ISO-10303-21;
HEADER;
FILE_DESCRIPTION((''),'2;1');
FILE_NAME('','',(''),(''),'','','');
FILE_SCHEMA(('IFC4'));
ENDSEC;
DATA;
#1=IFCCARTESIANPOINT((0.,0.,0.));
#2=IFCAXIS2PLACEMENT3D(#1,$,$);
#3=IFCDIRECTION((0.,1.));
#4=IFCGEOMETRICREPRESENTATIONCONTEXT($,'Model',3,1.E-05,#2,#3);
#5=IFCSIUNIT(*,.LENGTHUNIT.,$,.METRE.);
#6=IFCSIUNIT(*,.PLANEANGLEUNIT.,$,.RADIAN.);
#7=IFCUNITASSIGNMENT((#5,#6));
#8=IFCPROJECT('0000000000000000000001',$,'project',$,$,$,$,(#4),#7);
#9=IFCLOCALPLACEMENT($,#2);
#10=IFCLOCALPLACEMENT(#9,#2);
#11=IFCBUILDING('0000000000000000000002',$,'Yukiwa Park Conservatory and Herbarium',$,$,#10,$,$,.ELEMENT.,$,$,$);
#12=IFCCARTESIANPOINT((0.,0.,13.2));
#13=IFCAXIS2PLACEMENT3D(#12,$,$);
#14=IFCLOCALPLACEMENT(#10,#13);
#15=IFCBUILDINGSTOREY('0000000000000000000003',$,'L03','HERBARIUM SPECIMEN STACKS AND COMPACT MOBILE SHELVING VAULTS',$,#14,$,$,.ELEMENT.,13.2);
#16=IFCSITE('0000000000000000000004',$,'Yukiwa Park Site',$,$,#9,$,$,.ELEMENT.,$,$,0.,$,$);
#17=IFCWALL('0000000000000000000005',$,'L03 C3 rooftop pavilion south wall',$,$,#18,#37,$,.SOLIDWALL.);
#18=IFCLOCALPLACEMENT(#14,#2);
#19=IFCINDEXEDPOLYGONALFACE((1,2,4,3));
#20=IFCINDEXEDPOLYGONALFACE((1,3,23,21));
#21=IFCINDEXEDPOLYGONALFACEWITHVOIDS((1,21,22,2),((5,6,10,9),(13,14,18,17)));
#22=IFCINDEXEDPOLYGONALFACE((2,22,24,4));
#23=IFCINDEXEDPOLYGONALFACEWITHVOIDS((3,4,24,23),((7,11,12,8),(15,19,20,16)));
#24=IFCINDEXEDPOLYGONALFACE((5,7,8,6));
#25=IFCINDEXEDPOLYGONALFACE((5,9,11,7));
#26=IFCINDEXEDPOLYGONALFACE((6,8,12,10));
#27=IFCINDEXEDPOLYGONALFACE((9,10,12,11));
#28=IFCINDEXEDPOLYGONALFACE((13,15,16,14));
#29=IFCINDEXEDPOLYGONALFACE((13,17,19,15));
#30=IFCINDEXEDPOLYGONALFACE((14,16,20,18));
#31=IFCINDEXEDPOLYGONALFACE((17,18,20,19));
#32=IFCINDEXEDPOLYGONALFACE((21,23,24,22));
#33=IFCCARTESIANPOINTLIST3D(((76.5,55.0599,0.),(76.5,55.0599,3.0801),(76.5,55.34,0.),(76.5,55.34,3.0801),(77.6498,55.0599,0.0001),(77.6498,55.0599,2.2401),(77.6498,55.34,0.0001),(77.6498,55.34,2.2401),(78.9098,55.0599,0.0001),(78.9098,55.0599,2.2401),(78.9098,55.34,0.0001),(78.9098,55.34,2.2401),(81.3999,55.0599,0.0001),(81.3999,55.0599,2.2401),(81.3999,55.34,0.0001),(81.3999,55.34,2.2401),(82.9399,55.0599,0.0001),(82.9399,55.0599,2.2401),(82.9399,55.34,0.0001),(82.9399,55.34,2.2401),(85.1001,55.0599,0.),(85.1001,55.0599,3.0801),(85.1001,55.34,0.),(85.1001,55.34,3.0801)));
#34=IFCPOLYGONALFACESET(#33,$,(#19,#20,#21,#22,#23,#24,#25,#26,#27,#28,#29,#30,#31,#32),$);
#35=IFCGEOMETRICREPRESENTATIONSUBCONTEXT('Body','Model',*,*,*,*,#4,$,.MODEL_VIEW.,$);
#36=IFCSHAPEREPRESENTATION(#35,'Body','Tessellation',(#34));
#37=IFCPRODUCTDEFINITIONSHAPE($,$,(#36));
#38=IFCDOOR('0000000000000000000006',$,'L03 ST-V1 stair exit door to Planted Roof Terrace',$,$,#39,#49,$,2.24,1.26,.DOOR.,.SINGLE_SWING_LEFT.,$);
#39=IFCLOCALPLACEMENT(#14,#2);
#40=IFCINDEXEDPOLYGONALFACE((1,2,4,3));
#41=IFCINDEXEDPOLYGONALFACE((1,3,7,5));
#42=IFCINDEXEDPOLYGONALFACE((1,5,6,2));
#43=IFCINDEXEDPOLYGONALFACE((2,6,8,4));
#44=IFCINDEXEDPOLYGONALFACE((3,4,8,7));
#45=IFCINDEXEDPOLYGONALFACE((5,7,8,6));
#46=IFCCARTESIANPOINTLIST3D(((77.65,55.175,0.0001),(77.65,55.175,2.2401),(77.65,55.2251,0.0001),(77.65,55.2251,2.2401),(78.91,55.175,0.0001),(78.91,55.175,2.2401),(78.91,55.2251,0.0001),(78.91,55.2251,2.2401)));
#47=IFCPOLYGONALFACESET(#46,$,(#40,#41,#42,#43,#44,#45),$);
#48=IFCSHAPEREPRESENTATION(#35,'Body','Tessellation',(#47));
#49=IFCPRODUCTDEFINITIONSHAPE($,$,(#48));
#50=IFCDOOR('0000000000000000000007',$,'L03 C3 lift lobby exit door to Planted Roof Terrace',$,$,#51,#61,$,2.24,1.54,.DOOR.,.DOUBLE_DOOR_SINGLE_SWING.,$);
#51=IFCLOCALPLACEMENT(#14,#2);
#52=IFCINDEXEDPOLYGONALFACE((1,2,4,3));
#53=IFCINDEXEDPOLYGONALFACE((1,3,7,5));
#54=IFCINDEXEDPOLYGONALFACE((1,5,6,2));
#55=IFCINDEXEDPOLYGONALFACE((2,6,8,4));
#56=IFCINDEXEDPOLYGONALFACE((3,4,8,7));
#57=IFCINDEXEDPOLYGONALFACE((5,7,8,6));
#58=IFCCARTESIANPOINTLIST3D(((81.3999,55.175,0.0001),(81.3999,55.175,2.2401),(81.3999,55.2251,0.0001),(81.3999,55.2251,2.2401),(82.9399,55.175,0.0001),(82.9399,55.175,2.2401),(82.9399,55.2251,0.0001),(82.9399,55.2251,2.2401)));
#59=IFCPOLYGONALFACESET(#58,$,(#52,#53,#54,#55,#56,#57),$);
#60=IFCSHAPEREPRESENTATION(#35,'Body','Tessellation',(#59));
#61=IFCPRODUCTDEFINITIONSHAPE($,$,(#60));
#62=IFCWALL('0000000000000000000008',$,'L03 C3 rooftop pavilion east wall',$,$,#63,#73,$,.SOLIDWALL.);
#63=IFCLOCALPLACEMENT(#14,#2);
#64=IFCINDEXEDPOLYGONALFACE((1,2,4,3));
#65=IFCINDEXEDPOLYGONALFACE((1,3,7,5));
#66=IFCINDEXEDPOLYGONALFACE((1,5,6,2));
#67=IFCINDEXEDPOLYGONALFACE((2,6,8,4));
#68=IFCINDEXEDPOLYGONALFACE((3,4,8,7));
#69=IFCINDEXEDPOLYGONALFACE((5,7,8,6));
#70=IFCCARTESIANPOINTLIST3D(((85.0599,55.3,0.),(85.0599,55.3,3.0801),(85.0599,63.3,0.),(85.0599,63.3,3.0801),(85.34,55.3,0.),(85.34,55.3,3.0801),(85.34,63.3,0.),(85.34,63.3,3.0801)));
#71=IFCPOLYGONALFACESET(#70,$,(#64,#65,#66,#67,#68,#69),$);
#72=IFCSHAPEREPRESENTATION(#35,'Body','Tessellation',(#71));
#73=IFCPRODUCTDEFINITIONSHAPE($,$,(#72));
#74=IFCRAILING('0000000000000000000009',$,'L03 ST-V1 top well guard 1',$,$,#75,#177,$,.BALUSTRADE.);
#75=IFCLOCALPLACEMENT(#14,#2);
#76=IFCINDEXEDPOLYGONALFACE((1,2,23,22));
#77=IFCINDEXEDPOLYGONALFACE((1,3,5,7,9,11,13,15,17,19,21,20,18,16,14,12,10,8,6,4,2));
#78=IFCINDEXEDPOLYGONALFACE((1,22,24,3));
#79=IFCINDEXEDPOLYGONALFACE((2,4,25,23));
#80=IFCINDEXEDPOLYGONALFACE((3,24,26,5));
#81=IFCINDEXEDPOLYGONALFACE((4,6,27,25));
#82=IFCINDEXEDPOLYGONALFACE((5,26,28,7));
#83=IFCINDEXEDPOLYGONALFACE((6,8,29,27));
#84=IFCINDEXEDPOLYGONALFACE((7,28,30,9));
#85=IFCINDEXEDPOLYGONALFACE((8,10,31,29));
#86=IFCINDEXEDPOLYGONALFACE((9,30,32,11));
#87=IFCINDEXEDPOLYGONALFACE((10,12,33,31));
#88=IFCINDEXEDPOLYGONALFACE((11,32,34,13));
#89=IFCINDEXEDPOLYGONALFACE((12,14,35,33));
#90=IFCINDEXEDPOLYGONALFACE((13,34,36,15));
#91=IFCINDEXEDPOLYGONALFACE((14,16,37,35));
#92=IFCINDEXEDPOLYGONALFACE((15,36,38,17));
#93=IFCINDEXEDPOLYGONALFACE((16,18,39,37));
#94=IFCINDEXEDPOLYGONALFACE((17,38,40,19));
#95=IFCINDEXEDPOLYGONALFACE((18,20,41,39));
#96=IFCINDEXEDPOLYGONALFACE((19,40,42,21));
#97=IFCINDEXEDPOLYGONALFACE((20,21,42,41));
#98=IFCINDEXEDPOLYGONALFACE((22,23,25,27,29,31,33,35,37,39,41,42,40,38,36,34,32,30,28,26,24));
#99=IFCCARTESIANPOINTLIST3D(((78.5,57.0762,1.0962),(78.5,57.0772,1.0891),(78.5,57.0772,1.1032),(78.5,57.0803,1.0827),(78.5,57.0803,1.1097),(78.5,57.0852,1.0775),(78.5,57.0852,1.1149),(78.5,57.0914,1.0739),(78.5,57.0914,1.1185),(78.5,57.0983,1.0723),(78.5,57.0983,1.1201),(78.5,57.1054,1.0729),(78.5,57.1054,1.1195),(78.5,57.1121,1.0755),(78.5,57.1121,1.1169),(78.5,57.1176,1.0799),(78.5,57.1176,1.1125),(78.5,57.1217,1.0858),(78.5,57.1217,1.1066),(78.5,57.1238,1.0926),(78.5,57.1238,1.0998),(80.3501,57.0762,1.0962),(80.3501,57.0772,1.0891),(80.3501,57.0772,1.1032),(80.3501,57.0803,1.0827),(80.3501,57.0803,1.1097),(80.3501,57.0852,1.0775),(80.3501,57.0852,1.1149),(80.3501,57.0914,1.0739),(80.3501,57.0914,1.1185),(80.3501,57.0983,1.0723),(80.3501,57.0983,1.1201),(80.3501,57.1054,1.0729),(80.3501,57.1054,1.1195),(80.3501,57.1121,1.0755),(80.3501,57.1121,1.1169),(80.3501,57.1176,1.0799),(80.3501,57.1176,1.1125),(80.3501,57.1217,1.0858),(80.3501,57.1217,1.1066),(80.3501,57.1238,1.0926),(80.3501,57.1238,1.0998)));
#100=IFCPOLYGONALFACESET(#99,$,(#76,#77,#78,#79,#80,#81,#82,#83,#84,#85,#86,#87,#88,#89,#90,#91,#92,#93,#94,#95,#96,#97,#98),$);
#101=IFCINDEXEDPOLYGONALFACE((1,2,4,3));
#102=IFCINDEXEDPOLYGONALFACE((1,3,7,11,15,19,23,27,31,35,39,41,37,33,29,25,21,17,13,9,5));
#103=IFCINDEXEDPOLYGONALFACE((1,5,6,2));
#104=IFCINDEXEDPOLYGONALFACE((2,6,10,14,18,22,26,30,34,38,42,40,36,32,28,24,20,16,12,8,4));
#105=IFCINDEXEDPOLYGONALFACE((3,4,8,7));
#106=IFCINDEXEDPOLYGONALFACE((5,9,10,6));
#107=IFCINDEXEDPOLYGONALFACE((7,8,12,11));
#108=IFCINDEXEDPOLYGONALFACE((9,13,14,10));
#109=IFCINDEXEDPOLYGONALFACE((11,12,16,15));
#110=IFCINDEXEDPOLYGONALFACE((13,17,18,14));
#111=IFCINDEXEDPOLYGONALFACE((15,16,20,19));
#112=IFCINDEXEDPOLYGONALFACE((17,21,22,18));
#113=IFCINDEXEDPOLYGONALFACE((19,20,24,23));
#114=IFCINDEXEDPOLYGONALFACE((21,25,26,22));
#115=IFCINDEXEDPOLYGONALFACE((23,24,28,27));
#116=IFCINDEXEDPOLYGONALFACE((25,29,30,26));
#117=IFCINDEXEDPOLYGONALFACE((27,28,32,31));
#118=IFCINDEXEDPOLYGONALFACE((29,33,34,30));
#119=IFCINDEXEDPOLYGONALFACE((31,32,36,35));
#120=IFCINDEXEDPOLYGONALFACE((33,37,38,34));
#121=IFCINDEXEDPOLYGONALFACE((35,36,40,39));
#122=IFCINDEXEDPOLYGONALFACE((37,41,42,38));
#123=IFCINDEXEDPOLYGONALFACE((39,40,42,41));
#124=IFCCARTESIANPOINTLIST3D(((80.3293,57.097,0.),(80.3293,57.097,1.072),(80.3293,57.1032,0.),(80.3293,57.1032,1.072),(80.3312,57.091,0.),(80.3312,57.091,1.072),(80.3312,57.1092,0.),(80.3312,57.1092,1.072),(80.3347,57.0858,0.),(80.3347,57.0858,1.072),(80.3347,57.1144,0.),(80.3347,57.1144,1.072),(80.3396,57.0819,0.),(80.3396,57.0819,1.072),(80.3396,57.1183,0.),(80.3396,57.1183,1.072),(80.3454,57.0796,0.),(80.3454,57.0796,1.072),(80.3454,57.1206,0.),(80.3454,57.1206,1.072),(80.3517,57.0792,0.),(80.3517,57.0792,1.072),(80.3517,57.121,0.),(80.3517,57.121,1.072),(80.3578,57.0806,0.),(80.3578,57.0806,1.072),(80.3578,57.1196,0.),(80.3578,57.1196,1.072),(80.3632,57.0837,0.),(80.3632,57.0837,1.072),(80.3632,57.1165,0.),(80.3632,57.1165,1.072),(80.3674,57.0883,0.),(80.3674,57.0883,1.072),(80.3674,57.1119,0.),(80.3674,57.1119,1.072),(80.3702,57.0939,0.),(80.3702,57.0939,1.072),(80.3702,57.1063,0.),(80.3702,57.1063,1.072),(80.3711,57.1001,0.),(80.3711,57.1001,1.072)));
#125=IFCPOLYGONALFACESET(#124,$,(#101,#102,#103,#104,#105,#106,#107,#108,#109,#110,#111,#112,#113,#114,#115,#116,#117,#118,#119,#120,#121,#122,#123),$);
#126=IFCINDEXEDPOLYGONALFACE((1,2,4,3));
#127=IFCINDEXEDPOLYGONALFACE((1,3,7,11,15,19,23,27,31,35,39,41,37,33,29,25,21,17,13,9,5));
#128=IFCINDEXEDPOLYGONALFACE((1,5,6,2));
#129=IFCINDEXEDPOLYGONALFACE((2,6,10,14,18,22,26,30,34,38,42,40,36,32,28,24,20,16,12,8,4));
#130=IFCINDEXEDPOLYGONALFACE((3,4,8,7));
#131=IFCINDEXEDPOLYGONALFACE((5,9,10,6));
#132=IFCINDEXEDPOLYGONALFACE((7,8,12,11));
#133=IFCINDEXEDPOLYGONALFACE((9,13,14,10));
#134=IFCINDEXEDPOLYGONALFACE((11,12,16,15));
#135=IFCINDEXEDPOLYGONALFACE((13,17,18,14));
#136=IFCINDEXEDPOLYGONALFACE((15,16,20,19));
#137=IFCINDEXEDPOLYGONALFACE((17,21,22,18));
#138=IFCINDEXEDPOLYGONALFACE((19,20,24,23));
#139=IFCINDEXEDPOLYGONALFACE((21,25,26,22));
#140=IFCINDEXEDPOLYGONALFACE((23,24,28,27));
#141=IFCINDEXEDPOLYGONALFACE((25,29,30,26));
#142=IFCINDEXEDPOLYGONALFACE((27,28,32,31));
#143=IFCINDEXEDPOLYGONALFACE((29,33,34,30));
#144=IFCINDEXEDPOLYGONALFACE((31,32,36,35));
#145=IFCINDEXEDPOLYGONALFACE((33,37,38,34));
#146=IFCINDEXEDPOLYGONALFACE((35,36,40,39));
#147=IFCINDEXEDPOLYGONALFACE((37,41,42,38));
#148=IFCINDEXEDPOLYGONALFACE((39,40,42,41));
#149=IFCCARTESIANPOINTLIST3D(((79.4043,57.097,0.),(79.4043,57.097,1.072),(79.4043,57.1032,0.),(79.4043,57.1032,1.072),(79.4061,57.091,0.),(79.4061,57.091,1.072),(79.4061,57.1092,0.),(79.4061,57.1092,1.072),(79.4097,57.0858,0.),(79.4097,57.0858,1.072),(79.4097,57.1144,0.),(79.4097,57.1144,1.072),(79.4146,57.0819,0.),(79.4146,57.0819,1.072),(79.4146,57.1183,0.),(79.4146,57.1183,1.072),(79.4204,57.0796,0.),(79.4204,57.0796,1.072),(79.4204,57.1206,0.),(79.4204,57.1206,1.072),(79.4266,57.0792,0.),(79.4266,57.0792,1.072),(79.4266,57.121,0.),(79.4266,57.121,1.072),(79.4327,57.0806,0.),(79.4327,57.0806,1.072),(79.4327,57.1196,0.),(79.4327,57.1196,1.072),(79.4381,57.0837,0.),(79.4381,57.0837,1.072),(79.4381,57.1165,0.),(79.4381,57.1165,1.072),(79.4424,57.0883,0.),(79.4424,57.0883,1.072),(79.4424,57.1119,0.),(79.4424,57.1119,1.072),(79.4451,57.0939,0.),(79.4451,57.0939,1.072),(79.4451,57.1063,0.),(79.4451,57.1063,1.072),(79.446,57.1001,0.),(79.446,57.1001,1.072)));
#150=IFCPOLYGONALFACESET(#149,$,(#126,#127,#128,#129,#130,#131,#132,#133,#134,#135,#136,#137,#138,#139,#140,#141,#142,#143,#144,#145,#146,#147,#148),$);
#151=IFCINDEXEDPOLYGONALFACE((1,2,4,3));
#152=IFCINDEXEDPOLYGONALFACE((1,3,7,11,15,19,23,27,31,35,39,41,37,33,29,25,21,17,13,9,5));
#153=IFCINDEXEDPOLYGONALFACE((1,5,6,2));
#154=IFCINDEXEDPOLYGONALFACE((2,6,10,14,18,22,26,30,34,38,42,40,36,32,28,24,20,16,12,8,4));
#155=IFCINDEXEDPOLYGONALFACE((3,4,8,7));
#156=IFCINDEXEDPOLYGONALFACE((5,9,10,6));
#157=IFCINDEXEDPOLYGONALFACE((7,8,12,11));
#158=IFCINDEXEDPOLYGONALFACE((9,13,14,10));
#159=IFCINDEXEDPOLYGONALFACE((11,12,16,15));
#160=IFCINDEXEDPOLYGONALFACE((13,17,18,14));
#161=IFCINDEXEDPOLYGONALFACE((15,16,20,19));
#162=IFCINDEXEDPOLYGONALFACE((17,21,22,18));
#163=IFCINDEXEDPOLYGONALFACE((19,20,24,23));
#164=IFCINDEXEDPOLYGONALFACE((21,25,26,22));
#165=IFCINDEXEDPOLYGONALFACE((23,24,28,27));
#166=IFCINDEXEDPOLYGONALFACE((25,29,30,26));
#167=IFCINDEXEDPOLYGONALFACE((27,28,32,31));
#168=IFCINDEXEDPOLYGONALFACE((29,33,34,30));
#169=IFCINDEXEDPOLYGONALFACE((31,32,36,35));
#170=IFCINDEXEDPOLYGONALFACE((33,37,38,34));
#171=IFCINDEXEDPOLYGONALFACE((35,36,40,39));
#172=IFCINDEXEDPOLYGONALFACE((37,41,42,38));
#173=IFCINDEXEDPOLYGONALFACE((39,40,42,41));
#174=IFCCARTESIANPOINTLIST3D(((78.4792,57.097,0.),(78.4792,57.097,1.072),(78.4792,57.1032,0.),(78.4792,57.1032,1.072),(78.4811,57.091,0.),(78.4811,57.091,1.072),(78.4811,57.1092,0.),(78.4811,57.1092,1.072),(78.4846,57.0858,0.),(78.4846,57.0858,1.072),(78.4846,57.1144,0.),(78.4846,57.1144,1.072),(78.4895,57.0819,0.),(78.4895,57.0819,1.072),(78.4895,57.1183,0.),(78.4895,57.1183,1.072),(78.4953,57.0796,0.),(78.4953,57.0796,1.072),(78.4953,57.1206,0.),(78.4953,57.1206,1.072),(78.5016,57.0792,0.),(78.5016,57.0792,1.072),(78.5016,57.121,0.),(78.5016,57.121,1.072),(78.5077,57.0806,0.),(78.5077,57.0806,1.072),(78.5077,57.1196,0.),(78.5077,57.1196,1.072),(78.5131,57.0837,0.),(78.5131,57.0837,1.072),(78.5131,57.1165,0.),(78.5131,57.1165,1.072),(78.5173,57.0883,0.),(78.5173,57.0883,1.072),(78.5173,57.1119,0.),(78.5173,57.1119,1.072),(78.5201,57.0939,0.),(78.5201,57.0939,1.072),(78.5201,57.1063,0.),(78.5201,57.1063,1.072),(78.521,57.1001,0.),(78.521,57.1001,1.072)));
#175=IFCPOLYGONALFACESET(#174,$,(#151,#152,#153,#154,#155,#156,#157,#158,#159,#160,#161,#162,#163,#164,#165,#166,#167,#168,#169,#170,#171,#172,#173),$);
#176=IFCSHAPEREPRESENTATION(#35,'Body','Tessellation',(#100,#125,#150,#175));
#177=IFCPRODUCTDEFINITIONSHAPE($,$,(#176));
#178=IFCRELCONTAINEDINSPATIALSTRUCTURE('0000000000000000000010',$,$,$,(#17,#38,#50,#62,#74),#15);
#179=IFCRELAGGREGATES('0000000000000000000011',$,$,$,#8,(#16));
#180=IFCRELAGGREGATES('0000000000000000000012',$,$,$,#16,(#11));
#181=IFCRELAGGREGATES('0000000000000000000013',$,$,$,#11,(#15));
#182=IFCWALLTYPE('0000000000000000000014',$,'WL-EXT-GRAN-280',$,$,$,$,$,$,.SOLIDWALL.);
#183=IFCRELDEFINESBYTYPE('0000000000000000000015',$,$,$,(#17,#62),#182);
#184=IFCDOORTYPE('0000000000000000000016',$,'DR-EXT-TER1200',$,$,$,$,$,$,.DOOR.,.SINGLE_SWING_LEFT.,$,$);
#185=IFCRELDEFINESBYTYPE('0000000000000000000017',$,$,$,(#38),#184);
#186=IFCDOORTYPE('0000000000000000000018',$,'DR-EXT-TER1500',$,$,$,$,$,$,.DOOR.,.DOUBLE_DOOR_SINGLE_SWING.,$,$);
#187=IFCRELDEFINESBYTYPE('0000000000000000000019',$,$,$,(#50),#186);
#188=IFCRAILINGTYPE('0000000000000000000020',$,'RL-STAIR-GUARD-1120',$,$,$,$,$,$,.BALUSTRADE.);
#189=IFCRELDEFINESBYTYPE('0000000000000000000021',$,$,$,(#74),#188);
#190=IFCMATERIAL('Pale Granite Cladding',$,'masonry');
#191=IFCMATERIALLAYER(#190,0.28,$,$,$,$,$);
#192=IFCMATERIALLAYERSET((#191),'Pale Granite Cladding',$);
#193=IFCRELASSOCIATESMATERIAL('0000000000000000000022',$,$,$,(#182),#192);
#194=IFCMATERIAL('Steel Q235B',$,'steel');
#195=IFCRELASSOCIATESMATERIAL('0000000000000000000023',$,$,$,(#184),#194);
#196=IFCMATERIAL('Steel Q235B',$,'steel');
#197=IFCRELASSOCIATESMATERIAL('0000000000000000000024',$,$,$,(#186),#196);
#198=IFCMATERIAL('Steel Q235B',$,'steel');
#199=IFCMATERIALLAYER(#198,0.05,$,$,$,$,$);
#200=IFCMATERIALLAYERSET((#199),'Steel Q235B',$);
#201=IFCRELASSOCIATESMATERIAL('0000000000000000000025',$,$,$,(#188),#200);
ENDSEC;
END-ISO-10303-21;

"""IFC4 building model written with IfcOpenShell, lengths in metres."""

from ifc_helpers import new_model, si_unit, direction, frame, frame_2d, origin, origin_2d, place, context, subcontext, project, spatial, rectangle, circle, extrude, material, layer, layer_set, type_object, element, fill, save


model = new_model("IFC4")

# Units and contexts
model_context = context("Model", 3, precision=1e-05, world=origin(), true_north=direction((0.0, 1.0)))
body_context = subcontext(model_context, "Body", "Model", "MODEL_VIEW")
ifc_project = project(units=[si_unit("LENGTHUNIT", "METRE"), si_unit("PLANEANGLEUNIT", "RADIAN")], contexts=[model_context])

# Site, building, storey
site_placement = place(None, origin())
site = spatial("IfcSite", under=ifc_project, at=site_placement, Name="Yukiwa Park Site", CompositionType="ELEMENT", RefElevation=0.0)
building_placement = place(site_placement, origin())
building = spatial("IfcBuilding", under=site, at=building_placement, Name="Yukiwa Park Conservatory and Herbarium", CompositionType="ELEMENT")
storey_placement = place(building_placement, frame((0.0, 0.0, 13.2)))
storey = spatial("IfcBuildingStorey", under=building, at=storey_placement, Name="L03", Description="HERBARIUM SPECIMEN STACKS AND COMPACT MOBILE SHELVING VAULTS", CompositionType="ELEMENT", Elevation=13.2)

# Wall, openings, doors
ifc_material_1 = material(Name="Pale Granite Cladding", Category="masonry")
ifc_layer_1 = layer(ifc_material_1, 0.28)
ifc_layer_set_1 = layer_set([ifc_layer_1], Name="Pale Granite Cladding")
wall_type_1 = type_object("IfcWallType", Name="WL-EXT-GRAN-280", PredefinedType="SOLIDWALL", material=ifc_layer_set_1)
wall_1_placement = place(storey_placement, frame((76.5, 55.2, 0.0), z_axis=(0.0, 0.0, 1.0), x_axis=(1.0, 0.0, 0.0)))
wall_1 = element("IfcWall", 1, at=wall_1_placement, inside=storey, type_object=wall_type_1, Name="L03 C3 rooftop pavilion south wall", PredefinedType="SOLIDWALL", context=body_context, shape_type="SweptSolid", body=[
    extrude(rectangle(XDim=8.6001, YDim=0.28, at=frame_2d((4.3, 0.0))), origin(), (0.0, 0.0, 1.0), 3.0801),
])
opening_1_placement = place(wall_1_placement, frame((4.8999, 0.0, 0.0)))
opening_1 = element("IfcOpeningElement", 2, at=opening_1_placement, cuts=wall_1, PredefinedType="OPENING", context=body_context, shape_type="SweptSolid", body=[
    extrude(rectangle(XDim=1.54, YDim=2.24, at=frame_2d((0.77, 1.1201))), frame((0.0, 0.1499, 0.0), z_axis=(0.0, -1.0, 0.0), x_axis=(1.0, 0.0, 0.0)), (0.0, 0.0, 1.0), 0.3),
])
opening_2_placement = place(wall_1_placement, frame((1.1499, 0.0, 0.0)))
opening_2 = element("IfcOpeningElement", 3, at=opening_2_placement, cuts=wall_1, PredefinedType="OPENING", context=body_context, shape_type="SweptSolid", body=[
    extrude(rectangle(XDim=1.26, YDim=2.24, at=frame_2d((0.6299, 1.1201))), frame((0.0, 0.1499, 0.0), z_axis=(0.0, -1.0, 0.0), x_axis=(1.0, 0.0, 0.0)), (0.0, 0.0, 1.0), 0.3),
])
ifc_material_2 = material(Name="Steel Q235B", Category="steel")
door_type_1 = type_object("IfcDoorType", Name="DR-EXT-TER1200", OperationType="SINGLE_SWING_LEFT", PredefinedType="DOOR", material=ifc_material_2)
door_1_placement = place(opening_2_placement, frame((1.26, 0.0, 0.0), z_axis=(0.0, 0.0, 1.0), x_axis=(-1.0, 0.0, 0.0)))
door_1 = element("IfcDoor", 4, at=door_1_placement, inside=storey, type_object=door_type_1, Name="L03 ST-V1 stair exit door to Planted Roof Terrace", OperationType="SINGLE_SWING_LEFT", OverallHeight=2.24, OverallWidth=1.26, PredefinedType="DOOR", context=body_context, shape_type="SweptSolid", body=[
    extrude(rectangle(XDim=1.26, YDim=2.24, at=frame_2d((0.6299, 1.1201))), frame((0.0, 0.0249, 0.0), z_axis=(0.0, -1.0, 0.0), x_axis=(1.0, 0.0, 0.0)), (0.0, 0.0, 1.0), 0.05),
])
fill(opening_2, door_1)
ifc_material_3 = material(Name="Steel Q235B", Category="steel")
door_type_2 = type_object("IfcDoorType", Name="DR-EXT-TER1500", OperationType="DOUBLE_DOOR_SINGLE_SWING", PredefinedType="DOOR", material=ifc_material_3)
door_2_placement = place(opening_1_placement, frame((1.54, 0.0, 0.0), z_axis=(0.0, 0.0, 1.0), x_axis=(-1.0, 0.0, 0.0)))
door_2 = element("IfcDoor", 5, at=door_2_placement, inside=storey, type_object=door_type_2, Name="L03 C3 lift lobby exit door to Planted Roof Terrace", OperationType="DOUBLE_DOOR_SINGLE_SWING", OverallHeight=2.24, OverallWidth=1.54, PredefinedType="DOOR", context=body_context, shape_type="SweptSolid", body=[
    extrude(rectangle(XDim=1.54, YDim=2.24, at=frame_2d((0.77, 1.1201))), frame((0.0, 0.0249, 0.0), z_axis=(0.0, -1.0, 0.0), x_axis=(1.0, 0.0, 0.0)), (0.0, 0.0, 1.0), 0.05),
])
fill(opening_1, door_2)

# Wall
wall_2_placement = place(storey_placement, frame((85.2, 55.3, 0.0), z_axis=(0.0, 0.0, 1.0), x_axis=(0.0, 1.0, 0.0)))
element("IfcWall", 6, at=wall_2_placement, inside=storey, type_object=wall_type_1, Name="L03 C3 rooftop pavilion east wall", PredefinedType="SOLIDWALL", context=body_context, shape_type="SweptSolid", body=[
    extrude(rectangle(XDim=8.0, YDim=0.28, at=frame_2d((4.0, 0.0))), origin(), (0.0, 0.0, 1.0), 3.0801),
])

# Railing
ifc_material_4 = material(Name="Steel Q235B", Category="steel")
ifc_layer_2 = layer(ifc_material_4, 0.05)
ifc_layer_set_2 = layer_set([ifc_layer_2], Name="Steel Q235B")
railing_type = type_object("IfcRailingType", Name="RL-STAIR-GUARD-1120", PredefinedType="BALUSTRADE", material=ifc_layer_set_2)
railing_placement = place(storey_placement, frame((80.3501, 57.1001, 0.0)))
element("IfcRailing", 7, at=railing_placement, inside=storey, type_object=railing_type, Name="L03 ST-V1 top well guard 1", PredefinedType="BALUSTRADE", context=body_context, shape_type="SweptSolid", body=[
    extrude(circle(Radius=0.0239, at=origin_2d()), frame((0.0, 0.0, 1.0962), z_axis=(-1.0, 0.0, 0.0), x_axis=(0.0, -1.0, 0.0)), (0.0, 0.0, 1.0), 1.8501),
    extrude(circle(Radius=0.021, at=origin_2d()), origin(), (0.0, 0.0, 1.0), 1.072),
    extrude(circle(Radius=0.021, at=origin_2d()), frame((-0.925, 0.0, 0.0)), (0.0, 0.0, 1.0), 1.072),
    extrude(circle(Radius=0.021, at=origin_2d()), frame((-1.8501, 0.0, 0.0)), (0.0, 0.0, 1.0), 1.072),
])

save(model, "model.ifc")
